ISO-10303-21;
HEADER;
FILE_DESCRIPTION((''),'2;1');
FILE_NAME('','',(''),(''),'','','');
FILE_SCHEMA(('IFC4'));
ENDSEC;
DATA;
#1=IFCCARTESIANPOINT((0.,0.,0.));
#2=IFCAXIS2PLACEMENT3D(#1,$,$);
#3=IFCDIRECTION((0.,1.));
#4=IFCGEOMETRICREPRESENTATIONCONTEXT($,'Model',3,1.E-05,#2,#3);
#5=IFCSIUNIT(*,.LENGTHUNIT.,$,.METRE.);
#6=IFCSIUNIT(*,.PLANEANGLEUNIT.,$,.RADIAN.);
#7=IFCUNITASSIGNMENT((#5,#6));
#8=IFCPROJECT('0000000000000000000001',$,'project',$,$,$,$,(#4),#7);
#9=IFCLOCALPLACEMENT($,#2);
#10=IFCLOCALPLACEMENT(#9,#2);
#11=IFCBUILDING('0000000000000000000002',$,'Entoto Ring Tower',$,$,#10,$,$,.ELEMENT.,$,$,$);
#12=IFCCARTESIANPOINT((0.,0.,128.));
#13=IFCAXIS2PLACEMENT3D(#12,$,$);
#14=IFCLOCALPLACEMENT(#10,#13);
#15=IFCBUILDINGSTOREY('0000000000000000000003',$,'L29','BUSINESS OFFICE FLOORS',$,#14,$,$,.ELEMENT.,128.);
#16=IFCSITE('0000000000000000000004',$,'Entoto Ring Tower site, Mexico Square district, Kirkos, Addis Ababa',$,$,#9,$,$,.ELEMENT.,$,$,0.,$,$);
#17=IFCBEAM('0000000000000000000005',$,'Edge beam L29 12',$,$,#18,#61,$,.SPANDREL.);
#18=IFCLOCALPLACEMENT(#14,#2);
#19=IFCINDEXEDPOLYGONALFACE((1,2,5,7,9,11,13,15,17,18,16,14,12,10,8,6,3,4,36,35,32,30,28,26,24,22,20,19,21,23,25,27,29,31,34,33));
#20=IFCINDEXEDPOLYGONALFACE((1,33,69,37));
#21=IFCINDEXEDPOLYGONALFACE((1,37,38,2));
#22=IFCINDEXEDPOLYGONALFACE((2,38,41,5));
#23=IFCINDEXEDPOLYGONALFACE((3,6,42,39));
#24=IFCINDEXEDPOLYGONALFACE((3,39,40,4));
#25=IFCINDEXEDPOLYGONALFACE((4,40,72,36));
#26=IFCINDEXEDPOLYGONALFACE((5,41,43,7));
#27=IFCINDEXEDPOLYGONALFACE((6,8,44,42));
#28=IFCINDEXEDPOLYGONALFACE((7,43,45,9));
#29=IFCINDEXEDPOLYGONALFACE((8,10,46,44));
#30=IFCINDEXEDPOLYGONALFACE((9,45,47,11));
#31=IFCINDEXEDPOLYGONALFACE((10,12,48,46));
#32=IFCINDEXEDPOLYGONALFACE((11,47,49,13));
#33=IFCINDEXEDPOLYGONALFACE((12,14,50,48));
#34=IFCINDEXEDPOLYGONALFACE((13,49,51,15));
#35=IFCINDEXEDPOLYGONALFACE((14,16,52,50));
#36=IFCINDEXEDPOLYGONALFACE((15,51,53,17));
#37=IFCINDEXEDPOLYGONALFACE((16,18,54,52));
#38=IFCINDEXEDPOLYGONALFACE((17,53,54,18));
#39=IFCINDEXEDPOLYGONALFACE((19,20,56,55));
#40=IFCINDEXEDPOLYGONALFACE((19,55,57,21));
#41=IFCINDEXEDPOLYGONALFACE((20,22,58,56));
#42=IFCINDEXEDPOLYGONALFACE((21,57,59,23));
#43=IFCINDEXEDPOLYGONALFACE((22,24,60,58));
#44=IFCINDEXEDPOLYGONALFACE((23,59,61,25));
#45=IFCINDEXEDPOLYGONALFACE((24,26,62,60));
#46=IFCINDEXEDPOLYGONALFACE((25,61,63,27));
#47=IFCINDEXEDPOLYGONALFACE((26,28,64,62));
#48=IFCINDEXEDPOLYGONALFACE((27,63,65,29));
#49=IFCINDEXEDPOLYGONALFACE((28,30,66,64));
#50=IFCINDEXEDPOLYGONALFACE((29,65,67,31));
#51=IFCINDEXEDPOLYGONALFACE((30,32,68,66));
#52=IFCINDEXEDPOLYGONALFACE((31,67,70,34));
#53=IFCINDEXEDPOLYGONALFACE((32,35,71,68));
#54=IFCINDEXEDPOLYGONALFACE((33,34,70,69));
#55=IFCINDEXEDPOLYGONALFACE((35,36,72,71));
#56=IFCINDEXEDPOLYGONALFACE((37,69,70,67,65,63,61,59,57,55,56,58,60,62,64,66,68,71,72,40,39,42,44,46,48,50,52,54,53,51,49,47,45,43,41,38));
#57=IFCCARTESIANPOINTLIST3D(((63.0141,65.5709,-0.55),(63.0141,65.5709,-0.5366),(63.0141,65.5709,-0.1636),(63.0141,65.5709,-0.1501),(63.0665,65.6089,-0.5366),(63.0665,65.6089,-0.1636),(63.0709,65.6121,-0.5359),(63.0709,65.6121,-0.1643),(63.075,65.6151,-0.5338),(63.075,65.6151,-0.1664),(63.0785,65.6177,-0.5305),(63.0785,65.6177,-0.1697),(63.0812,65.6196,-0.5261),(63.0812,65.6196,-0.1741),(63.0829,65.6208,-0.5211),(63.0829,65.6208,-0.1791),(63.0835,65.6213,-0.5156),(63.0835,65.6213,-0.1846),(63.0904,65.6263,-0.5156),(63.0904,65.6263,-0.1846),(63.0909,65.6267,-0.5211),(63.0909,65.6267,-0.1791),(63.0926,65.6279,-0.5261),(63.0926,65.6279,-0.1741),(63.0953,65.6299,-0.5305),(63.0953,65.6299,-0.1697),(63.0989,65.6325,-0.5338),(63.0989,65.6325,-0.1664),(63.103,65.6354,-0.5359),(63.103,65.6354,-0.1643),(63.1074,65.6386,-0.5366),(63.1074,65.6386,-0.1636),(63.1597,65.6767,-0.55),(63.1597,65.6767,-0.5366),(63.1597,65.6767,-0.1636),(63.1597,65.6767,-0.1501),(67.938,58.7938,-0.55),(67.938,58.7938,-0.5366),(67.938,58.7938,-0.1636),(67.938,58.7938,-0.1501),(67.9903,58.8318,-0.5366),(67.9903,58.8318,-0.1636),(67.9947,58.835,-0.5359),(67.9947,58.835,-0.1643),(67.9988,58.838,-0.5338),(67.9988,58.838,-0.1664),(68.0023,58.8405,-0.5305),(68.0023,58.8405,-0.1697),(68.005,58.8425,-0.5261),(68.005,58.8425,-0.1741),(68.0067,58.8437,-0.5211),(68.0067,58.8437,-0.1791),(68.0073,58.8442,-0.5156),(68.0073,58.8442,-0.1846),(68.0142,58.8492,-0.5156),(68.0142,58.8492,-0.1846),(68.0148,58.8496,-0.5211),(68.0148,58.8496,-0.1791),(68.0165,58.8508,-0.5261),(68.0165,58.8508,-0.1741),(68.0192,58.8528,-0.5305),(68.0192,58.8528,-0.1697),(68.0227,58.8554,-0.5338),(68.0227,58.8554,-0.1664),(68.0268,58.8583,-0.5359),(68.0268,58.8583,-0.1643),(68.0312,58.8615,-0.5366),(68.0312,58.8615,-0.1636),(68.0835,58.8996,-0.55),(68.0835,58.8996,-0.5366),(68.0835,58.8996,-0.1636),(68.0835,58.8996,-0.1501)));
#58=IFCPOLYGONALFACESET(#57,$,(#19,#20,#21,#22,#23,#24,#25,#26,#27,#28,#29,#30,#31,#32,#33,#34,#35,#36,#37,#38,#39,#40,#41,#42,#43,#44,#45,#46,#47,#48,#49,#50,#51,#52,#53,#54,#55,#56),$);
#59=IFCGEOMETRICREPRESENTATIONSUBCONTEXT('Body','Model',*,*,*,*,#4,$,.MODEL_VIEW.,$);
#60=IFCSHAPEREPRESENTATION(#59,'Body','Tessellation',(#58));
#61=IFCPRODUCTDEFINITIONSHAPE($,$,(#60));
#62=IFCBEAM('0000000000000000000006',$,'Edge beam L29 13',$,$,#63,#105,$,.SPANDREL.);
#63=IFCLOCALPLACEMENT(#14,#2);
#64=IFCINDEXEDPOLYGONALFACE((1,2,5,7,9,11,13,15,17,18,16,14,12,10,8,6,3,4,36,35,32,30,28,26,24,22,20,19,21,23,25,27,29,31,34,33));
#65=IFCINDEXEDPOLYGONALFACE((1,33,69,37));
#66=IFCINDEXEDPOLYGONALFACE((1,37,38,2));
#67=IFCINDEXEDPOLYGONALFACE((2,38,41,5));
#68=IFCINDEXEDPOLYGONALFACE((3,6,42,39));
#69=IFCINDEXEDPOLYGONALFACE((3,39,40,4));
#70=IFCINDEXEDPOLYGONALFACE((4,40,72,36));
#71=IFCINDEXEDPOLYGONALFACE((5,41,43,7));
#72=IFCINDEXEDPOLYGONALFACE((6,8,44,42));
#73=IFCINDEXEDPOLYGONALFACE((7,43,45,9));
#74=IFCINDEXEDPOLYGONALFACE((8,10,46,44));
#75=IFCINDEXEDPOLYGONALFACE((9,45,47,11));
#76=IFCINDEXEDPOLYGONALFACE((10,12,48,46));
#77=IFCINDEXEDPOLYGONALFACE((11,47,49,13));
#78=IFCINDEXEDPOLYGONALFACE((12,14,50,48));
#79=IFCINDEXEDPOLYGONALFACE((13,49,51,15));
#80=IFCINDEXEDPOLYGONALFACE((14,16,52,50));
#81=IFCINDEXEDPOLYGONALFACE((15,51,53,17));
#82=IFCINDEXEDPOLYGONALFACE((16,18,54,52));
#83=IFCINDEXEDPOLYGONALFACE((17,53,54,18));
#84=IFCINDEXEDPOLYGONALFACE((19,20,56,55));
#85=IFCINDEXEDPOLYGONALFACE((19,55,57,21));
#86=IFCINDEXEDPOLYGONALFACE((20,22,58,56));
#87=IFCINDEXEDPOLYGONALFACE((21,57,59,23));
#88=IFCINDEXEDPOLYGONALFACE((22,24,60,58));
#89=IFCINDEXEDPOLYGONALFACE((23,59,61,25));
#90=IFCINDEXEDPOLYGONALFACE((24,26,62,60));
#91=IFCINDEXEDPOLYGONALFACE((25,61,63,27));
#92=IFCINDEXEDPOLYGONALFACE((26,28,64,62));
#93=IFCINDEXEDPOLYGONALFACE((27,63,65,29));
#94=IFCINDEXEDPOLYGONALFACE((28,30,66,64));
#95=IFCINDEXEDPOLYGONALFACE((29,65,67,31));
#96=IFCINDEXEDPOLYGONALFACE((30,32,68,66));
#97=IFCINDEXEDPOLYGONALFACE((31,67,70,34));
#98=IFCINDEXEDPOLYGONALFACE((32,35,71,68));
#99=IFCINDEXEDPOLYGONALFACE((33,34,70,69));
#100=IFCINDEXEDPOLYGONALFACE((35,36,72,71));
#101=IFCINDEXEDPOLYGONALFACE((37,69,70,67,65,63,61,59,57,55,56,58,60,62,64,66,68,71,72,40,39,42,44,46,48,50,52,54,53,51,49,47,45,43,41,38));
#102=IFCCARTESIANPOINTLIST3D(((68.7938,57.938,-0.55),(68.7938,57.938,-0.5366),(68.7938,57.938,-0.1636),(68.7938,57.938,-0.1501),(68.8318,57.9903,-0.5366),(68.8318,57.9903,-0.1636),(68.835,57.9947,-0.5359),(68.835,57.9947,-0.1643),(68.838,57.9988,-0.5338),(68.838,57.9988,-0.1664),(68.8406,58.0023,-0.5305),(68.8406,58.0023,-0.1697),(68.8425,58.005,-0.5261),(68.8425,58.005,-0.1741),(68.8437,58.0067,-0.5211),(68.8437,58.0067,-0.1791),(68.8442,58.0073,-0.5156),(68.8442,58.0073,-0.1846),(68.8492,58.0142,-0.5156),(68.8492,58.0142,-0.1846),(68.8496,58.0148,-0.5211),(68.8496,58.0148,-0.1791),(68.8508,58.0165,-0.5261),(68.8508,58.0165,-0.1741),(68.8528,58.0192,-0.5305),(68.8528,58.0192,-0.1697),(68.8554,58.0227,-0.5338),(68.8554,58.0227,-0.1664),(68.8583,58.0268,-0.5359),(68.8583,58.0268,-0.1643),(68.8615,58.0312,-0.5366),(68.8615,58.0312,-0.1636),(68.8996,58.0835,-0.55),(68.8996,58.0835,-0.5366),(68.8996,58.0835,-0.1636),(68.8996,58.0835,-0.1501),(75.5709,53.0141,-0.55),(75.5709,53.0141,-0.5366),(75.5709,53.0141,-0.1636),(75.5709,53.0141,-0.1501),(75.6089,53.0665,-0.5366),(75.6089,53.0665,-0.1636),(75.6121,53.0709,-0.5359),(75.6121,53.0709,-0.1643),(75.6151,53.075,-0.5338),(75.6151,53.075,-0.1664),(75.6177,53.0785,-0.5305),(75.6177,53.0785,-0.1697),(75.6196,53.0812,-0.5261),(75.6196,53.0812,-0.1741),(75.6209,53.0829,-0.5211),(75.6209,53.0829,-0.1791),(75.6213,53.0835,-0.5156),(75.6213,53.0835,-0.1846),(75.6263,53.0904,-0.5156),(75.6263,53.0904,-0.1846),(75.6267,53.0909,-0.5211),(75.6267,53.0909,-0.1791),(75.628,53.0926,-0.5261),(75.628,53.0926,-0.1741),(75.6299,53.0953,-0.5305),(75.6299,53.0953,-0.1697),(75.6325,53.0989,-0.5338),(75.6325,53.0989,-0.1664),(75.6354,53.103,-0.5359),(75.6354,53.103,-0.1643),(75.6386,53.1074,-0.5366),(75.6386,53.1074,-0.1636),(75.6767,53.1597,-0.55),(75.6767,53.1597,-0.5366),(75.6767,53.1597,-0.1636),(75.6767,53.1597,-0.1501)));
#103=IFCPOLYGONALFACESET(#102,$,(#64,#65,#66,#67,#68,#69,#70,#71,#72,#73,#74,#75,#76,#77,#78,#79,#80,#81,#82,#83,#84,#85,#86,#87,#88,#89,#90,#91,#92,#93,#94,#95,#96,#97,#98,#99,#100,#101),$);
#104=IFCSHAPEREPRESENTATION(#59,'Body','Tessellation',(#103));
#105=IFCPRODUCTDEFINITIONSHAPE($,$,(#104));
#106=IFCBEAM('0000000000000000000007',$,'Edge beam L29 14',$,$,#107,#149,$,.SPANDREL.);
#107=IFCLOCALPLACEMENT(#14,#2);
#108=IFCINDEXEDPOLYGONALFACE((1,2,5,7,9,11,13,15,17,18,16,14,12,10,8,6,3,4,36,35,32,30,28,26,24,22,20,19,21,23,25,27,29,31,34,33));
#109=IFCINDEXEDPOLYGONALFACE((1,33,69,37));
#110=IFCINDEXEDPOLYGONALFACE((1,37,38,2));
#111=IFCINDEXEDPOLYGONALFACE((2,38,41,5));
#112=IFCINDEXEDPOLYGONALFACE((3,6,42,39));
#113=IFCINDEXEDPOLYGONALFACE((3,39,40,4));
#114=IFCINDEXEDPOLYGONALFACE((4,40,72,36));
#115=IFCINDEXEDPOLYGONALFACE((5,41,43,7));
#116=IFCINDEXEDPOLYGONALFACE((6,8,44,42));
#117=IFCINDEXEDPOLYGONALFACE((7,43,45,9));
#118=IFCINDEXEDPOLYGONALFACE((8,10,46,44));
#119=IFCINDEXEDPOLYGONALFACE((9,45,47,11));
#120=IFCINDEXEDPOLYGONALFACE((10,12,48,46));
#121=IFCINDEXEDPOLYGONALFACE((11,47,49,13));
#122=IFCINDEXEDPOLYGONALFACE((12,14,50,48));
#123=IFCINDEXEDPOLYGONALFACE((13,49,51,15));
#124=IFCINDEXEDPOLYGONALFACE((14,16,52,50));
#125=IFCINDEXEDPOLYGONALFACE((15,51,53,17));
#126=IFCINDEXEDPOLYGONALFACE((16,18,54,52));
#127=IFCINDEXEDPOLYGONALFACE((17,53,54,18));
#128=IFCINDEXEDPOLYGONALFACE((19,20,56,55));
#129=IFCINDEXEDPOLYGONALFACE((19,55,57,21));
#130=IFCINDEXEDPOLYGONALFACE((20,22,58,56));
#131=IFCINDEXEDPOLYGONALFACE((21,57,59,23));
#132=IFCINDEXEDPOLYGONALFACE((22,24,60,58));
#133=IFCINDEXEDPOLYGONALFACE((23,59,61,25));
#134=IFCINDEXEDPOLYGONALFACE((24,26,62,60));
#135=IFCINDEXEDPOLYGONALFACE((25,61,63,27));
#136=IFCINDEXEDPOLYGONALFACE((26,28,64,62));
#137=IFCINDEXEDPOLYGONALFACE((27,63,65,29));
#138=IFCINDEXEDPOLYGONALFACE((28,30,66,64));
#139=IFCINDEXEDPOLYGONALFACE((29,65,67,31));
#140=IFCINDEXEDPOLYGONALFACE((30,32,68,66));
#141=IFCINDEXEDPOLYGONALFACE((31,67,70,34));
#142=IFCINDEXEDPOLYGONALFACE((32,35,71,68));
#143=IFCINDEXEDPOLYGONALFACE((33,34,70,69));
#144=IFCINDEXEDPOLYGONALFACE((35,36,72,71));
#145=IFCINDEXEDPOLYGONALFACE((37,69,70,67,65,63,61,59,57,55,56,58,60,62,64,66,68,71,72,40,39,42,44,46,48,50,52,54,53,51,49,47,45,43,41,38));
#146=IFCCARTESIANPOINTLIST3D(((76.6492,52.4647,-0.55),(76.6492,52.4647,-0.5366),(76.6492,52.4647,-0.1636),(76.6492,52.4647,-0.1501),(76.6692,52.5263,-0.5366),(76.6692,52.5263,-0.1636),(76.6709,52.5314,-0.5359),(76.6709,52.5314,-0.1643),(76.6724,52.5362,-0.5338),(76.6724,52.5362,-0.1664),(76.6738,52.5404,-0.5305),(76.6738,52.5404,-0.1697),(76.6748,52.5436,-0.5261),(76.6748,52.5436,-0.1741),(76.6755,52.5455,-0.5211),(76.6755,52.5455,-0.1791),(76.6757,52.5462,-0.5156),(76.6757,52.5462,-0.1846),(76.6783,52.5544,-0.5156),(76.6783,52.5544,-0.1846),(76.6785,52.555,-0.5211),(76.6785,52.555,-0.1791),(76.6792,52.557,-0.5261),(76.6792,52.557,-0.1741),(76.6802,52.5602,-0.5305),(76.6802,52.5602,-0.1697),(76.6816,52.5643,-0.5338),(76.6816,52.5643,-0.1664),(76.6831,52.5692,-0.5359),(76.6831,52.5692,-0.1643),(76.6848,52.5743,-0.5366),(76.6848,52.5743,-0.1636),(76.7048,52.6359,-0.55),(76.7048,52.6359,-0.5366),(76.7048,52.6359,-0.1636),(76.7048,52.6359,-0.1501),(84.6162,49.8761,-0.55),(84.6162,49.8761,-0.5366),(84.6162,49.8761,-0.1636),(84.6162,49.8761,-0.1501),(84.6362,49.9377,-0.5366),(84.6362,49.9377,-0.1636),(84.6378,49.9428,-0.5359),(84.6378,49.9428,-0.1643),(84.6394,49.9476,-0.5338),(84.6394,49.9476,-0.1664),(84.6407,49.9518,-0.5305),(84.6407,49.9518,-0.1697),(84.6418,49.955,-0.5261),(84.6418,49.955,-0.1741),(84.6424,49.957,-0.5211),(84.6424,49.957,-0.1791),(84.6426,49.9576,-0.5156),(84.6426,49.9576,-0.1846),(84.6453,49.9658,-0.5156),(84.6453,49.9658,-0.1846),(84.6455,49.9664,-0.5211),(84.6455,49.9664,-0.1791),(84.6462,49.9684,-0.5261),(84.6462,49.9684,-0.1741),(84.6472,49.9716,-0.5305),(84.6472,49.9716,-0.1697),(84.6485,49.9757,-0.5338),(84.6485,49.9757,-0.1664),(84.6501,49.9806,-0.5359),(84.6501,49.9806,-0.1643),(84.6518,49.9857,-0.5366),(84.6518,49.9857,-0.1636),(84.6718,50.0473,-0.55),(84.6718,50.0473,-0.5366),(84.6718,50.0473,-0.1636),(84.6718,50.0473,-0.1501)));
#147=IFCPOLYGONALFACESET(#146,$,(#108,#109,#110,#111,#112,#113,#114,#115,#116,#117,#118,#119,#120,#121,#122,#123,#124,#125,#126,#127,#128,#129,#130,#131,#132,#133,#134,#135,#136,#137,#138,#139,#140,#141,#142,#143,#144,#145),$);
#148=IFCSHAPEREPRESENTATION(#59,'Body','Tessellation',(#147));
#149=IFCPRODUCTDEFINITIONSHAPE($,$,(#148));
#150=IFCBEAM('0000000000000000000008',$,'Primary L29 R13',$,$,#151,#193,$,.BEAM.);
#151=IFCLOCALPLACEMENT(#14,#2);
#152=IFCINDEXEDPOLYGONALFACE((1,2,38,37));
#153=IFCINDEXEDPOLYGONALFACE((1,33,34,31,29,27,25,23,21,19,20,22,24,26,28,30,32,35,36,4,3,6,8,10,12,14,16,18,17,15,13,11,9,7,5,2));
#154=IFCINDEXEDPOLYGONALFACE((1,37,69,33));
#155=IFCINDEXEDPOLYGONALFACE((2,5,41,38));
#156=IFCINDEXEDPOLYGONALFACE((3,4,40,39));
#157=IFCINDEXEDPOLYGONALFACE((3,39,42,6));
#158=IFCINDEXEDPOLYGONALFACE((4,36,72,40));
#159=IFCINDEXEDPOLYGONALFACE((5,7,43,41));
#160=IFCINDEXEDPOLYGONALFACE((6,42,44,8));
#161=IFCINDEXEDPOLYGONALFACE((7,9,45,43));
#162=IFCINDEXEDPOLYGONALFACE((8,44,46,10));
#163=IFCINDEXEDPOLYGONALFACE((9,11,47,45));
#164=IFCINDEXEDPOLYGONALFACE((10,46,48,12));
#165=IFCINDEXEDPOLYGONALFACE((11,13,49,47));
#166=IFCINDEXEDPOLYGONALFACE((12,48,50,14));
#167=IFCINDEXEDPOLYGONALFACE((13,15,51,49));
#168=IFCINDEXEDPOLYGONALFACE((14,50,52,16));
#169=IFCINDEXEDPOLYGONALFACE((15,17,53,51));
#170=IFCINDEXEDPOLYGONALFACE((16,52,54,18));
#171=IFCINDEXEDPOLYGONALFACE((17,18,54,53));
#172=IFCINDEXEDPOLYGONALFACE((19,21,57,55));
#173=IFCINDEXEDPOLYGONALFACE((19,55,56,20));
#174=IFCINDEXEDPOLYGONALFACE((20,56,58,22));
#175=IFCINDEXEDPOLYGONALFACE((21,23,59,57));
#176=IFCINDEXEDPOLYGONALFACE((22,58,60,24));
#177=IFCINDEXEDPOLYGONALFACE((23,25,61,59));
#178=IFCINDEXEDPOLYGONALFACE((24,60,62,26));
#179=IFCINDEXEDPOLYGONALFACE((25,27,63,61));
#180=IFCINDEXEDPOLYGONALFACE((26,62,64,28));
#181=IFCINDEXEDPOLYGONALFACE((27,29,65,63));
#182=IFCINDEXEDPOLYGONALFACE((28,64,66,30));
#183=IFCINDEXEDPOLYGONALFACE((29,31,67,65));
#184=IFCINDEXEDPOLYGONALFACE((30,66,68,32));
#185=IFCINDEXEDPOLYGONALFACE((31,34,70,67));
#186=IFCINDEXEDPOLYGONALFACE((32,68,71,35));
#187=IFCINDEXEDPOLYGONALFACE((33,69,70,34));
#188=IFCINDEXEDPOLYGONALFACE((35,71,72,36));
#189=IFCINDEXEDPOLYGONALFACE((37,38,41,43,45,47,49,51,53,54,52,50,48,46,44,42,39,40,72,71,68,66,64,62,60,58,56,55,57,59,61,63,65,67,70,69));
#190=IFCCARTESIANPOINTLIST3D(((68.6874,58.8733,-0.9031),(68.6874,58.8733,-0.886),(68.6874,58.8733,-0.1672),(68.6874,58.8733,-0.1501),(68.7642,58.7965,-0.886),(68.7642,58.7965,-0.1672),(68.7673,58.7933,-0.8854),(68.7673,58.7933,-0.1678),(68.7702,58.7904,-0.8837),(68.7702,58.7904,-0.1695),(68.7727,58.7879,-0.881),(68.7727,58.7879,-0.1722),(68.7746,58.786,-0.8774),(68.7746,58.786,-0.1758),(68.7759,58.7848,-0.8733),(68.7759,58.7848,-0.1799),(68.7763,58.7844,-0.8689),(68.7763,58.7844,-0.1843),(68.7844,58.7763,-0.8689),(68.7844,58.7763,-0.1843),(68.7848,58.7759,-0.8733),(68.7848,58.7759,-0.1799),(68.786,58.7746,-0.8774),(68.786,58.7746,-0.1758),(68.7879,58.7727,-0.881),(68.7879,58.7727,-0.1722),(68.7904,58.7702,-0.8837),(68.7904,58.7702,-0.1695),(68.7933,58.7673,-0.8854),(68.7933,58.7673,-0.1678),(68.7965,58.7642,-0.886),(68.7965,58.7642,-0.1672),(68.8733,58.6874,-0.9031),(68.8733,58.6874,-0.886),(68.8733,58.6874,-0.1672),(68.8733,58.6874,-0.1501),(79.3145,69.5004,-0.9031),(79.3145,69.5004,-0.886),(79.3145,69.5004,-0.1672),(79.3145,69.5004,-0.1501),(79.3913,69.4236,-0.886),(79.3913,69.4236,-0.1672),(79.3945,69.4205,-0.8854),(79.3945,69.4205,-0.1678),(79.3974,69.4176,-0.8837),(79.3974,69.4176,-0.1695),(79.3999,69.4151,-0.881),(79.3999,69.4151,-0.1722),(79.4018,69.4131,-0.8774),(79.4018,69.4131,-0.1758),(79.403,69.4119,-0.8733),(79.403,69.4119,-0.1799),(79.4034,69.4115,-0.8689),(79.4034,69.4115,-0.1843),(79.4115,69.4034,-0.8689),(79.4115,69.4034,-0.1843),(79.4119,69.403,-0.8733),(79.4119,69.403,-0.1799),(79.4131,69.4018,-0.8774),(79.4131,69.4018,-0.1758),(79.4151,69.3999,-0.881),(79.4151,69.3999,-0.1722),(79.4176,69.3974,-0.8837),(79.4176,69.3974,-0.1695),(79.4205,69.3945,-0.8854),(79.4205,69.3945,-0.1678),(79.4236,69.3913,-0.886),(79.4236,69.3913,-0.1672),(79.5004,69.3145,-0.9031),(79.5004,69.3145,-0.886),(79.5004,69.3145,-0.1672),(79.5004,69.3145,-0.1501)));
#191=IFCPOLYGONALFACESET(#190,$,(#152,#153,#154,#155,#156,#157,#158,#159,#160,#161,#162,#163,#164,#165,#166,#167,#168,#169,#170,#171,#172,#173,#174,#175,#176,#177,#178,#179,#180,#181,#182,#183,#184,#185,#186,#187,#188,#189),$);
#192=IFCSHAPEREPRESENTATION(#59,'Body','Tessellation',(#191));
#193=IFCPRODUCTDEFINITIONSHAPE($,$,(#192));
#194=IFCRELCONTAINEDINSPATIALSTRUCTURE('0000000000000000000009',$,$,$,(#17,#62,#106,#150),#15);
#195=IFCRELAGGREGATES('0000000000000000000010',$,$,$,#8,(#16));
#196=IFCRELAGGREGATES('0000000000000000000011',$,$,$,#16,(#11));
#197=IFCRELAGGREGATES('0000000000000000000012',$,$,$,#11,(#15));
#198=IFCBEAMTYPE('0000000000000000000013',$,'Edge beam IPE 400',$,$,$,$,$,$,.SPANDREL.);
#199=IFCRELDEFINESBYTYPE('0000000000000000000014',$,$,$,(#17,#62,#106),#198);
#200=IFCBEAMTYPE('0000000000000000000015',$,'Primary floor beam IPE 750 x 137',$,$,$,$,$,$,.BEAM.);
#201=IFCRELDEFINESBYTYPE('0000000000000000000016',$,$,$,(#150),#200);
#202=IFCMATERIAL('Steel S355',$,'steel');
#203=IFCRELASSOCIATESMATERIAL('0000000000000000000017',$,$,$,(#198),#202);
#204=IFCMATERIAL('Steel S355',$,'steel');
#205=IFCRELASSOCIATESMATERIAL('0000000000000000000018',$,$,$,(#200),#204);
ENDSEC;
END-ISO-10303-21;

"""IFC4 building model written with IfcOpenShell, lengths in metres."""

from ifc_helpers import new_model, si_unit, direction, frame, origin, origin_2d, place, context, subcontext, project, spatial, i_section, extrude, material, material_profile, profile_set, type_object, element, save


model = new_model("IFC4")

# Units and contexts
model_context = context("Model", 3, precision=1e-05, world=origin(), true_north=direction((0.0, 1.0)))
body_context = subcontext(model_context, "Body", "Model", "MODEL_VIEW")
ifc_project = project(units=[si_unit("LENGTHUNIT", "METRE"), si_unit("PLANEANGLEUNIT", "RADIAN")], contexts=[model_context])

# Site, building, storey
site_placement = place(None, origin())
site = spatial("IfcSite", under=ifc_project, at=site_placement, Name="Entoto Ring Tower site, Mexico Square district, Kirkos, Addis Ababa", CompositionType="ELEMENT", RefElevation=0.0)
building_placement = place(site_placement, origin())
building = spatial("IfcBuilding", under=site, at=building_placement, Name="Entoto Ring Tower", CompositionType="ELEMENT")
storey_placement = place(building_placement, frame((0.0, 0.0, 128.0)))
storey = spatial("IfcBuildingStorey", under=building, at=storey_placement, Name="L29", Description="BUSINESS OFFICE FLOORS", CompositionType="ELEMENT", Elevation=128.0)

# Beams
ifc_material_1 = material(Name="Steel S355", Category="steel")
ifc_material_profile_1 = material_profile(ifc_material_1, i_section(OverallWidth=0.1799, OverallDepth=0.3999, WebThickness=0.0085, FlangeThickness=0.0134, FilletRadius=0.021, at=origin_2d()), Name="IPE 400")
ifc_profile_set_1 = profile_set([ifc_material_profile_1], Name="Steel S355")
beam_type_1 = type_object("IfcBeamType", Name="Edge beam IPE 400", PredefinedType="SPANDREL", material=ifc_profile_set_1)
for number, where, z_axis, x_axis, name in (
    (1, (63.0869, 65.6238, -0.3501), (0.587783, -0.809018, 0.0), (0.809018, 0.587783, 0.0), "Edge beam L29 12"),
    (2, (68.8467, 58.0107, -0.3501), (0.809018, -0.587783, 0.0), (0.587783, 0.809018, 0.0), "Edge beam L29 13"),
    (3, (76.677, 52.5503, -0.3501), (0.951057, -0.309014, 0.0), (0.309014, 0.951057, 0.0), "Edge beam L29 14"),
):
    element("IfcBeam", number, at=place(storey_placement, frame(where, z_axis=z_axis, x_axis=x_axis)), inside=storey, type_object=beam_type_1, Name=name, PredefinedType="SPANDREL", context=body_context, shape_type="SweptSolid", body=[
        extrude(i_section(OverallWidth=0.1799, OverallDepth=0.3999, WebThickness=0.0085, FlangeThickness=0.0134, FilletRadius=0.021, at=origin_2d()), origin(), (0.0, 0.0, 1.0), 8.377),
    ])
ifc_material_2 = material(Name="Steel S355", Category="steel")
ifc_material_profile_2 = material_profile(ifc_material_2, i_section(OverallWidth=0.2629, OverallDepth=0.7529, WebThickness=0.0115, FlangeThickness=0.0171, FilletRadius=0.0171, at=origin_2d()), Name="IPE 750 x 137")
ifc_profile_set_2 = profile_set([ifc_material_profile_2], Name="Steel S355")
beam_type_2 = type_object("IfcBeamType", Name="Primary floor beam IPE 750 x 137", PredefinedType="BEAM", material=ifc_profile_set_2)
beam_1_placement = place(storey_placement, frame((79.4075, 69.4075, -0.5266), z_axis=(-0.707107, -0.707107, 0.0), x_axis=(0.707107, -0.707107, 0.0)))
element("IfcBeam", 4, at=beam_1_placement, inside=storey, type_object=beam_type_2, Name="Primary L29 R13", PredefinedType="BEAM", context=body_context, shape_type="SweptSolid", body=[
    extrude(i_section(OverallWidth=0.2629, OverallDepth=0.7529, WebThickness=0.0115, FlangeThickness=0.0171, FilletRadius=0.0171, at=origin_2d()), origin(), (0.0, 0.0, 1.0), 15.0291),
])

save(model, "model.ifc")
